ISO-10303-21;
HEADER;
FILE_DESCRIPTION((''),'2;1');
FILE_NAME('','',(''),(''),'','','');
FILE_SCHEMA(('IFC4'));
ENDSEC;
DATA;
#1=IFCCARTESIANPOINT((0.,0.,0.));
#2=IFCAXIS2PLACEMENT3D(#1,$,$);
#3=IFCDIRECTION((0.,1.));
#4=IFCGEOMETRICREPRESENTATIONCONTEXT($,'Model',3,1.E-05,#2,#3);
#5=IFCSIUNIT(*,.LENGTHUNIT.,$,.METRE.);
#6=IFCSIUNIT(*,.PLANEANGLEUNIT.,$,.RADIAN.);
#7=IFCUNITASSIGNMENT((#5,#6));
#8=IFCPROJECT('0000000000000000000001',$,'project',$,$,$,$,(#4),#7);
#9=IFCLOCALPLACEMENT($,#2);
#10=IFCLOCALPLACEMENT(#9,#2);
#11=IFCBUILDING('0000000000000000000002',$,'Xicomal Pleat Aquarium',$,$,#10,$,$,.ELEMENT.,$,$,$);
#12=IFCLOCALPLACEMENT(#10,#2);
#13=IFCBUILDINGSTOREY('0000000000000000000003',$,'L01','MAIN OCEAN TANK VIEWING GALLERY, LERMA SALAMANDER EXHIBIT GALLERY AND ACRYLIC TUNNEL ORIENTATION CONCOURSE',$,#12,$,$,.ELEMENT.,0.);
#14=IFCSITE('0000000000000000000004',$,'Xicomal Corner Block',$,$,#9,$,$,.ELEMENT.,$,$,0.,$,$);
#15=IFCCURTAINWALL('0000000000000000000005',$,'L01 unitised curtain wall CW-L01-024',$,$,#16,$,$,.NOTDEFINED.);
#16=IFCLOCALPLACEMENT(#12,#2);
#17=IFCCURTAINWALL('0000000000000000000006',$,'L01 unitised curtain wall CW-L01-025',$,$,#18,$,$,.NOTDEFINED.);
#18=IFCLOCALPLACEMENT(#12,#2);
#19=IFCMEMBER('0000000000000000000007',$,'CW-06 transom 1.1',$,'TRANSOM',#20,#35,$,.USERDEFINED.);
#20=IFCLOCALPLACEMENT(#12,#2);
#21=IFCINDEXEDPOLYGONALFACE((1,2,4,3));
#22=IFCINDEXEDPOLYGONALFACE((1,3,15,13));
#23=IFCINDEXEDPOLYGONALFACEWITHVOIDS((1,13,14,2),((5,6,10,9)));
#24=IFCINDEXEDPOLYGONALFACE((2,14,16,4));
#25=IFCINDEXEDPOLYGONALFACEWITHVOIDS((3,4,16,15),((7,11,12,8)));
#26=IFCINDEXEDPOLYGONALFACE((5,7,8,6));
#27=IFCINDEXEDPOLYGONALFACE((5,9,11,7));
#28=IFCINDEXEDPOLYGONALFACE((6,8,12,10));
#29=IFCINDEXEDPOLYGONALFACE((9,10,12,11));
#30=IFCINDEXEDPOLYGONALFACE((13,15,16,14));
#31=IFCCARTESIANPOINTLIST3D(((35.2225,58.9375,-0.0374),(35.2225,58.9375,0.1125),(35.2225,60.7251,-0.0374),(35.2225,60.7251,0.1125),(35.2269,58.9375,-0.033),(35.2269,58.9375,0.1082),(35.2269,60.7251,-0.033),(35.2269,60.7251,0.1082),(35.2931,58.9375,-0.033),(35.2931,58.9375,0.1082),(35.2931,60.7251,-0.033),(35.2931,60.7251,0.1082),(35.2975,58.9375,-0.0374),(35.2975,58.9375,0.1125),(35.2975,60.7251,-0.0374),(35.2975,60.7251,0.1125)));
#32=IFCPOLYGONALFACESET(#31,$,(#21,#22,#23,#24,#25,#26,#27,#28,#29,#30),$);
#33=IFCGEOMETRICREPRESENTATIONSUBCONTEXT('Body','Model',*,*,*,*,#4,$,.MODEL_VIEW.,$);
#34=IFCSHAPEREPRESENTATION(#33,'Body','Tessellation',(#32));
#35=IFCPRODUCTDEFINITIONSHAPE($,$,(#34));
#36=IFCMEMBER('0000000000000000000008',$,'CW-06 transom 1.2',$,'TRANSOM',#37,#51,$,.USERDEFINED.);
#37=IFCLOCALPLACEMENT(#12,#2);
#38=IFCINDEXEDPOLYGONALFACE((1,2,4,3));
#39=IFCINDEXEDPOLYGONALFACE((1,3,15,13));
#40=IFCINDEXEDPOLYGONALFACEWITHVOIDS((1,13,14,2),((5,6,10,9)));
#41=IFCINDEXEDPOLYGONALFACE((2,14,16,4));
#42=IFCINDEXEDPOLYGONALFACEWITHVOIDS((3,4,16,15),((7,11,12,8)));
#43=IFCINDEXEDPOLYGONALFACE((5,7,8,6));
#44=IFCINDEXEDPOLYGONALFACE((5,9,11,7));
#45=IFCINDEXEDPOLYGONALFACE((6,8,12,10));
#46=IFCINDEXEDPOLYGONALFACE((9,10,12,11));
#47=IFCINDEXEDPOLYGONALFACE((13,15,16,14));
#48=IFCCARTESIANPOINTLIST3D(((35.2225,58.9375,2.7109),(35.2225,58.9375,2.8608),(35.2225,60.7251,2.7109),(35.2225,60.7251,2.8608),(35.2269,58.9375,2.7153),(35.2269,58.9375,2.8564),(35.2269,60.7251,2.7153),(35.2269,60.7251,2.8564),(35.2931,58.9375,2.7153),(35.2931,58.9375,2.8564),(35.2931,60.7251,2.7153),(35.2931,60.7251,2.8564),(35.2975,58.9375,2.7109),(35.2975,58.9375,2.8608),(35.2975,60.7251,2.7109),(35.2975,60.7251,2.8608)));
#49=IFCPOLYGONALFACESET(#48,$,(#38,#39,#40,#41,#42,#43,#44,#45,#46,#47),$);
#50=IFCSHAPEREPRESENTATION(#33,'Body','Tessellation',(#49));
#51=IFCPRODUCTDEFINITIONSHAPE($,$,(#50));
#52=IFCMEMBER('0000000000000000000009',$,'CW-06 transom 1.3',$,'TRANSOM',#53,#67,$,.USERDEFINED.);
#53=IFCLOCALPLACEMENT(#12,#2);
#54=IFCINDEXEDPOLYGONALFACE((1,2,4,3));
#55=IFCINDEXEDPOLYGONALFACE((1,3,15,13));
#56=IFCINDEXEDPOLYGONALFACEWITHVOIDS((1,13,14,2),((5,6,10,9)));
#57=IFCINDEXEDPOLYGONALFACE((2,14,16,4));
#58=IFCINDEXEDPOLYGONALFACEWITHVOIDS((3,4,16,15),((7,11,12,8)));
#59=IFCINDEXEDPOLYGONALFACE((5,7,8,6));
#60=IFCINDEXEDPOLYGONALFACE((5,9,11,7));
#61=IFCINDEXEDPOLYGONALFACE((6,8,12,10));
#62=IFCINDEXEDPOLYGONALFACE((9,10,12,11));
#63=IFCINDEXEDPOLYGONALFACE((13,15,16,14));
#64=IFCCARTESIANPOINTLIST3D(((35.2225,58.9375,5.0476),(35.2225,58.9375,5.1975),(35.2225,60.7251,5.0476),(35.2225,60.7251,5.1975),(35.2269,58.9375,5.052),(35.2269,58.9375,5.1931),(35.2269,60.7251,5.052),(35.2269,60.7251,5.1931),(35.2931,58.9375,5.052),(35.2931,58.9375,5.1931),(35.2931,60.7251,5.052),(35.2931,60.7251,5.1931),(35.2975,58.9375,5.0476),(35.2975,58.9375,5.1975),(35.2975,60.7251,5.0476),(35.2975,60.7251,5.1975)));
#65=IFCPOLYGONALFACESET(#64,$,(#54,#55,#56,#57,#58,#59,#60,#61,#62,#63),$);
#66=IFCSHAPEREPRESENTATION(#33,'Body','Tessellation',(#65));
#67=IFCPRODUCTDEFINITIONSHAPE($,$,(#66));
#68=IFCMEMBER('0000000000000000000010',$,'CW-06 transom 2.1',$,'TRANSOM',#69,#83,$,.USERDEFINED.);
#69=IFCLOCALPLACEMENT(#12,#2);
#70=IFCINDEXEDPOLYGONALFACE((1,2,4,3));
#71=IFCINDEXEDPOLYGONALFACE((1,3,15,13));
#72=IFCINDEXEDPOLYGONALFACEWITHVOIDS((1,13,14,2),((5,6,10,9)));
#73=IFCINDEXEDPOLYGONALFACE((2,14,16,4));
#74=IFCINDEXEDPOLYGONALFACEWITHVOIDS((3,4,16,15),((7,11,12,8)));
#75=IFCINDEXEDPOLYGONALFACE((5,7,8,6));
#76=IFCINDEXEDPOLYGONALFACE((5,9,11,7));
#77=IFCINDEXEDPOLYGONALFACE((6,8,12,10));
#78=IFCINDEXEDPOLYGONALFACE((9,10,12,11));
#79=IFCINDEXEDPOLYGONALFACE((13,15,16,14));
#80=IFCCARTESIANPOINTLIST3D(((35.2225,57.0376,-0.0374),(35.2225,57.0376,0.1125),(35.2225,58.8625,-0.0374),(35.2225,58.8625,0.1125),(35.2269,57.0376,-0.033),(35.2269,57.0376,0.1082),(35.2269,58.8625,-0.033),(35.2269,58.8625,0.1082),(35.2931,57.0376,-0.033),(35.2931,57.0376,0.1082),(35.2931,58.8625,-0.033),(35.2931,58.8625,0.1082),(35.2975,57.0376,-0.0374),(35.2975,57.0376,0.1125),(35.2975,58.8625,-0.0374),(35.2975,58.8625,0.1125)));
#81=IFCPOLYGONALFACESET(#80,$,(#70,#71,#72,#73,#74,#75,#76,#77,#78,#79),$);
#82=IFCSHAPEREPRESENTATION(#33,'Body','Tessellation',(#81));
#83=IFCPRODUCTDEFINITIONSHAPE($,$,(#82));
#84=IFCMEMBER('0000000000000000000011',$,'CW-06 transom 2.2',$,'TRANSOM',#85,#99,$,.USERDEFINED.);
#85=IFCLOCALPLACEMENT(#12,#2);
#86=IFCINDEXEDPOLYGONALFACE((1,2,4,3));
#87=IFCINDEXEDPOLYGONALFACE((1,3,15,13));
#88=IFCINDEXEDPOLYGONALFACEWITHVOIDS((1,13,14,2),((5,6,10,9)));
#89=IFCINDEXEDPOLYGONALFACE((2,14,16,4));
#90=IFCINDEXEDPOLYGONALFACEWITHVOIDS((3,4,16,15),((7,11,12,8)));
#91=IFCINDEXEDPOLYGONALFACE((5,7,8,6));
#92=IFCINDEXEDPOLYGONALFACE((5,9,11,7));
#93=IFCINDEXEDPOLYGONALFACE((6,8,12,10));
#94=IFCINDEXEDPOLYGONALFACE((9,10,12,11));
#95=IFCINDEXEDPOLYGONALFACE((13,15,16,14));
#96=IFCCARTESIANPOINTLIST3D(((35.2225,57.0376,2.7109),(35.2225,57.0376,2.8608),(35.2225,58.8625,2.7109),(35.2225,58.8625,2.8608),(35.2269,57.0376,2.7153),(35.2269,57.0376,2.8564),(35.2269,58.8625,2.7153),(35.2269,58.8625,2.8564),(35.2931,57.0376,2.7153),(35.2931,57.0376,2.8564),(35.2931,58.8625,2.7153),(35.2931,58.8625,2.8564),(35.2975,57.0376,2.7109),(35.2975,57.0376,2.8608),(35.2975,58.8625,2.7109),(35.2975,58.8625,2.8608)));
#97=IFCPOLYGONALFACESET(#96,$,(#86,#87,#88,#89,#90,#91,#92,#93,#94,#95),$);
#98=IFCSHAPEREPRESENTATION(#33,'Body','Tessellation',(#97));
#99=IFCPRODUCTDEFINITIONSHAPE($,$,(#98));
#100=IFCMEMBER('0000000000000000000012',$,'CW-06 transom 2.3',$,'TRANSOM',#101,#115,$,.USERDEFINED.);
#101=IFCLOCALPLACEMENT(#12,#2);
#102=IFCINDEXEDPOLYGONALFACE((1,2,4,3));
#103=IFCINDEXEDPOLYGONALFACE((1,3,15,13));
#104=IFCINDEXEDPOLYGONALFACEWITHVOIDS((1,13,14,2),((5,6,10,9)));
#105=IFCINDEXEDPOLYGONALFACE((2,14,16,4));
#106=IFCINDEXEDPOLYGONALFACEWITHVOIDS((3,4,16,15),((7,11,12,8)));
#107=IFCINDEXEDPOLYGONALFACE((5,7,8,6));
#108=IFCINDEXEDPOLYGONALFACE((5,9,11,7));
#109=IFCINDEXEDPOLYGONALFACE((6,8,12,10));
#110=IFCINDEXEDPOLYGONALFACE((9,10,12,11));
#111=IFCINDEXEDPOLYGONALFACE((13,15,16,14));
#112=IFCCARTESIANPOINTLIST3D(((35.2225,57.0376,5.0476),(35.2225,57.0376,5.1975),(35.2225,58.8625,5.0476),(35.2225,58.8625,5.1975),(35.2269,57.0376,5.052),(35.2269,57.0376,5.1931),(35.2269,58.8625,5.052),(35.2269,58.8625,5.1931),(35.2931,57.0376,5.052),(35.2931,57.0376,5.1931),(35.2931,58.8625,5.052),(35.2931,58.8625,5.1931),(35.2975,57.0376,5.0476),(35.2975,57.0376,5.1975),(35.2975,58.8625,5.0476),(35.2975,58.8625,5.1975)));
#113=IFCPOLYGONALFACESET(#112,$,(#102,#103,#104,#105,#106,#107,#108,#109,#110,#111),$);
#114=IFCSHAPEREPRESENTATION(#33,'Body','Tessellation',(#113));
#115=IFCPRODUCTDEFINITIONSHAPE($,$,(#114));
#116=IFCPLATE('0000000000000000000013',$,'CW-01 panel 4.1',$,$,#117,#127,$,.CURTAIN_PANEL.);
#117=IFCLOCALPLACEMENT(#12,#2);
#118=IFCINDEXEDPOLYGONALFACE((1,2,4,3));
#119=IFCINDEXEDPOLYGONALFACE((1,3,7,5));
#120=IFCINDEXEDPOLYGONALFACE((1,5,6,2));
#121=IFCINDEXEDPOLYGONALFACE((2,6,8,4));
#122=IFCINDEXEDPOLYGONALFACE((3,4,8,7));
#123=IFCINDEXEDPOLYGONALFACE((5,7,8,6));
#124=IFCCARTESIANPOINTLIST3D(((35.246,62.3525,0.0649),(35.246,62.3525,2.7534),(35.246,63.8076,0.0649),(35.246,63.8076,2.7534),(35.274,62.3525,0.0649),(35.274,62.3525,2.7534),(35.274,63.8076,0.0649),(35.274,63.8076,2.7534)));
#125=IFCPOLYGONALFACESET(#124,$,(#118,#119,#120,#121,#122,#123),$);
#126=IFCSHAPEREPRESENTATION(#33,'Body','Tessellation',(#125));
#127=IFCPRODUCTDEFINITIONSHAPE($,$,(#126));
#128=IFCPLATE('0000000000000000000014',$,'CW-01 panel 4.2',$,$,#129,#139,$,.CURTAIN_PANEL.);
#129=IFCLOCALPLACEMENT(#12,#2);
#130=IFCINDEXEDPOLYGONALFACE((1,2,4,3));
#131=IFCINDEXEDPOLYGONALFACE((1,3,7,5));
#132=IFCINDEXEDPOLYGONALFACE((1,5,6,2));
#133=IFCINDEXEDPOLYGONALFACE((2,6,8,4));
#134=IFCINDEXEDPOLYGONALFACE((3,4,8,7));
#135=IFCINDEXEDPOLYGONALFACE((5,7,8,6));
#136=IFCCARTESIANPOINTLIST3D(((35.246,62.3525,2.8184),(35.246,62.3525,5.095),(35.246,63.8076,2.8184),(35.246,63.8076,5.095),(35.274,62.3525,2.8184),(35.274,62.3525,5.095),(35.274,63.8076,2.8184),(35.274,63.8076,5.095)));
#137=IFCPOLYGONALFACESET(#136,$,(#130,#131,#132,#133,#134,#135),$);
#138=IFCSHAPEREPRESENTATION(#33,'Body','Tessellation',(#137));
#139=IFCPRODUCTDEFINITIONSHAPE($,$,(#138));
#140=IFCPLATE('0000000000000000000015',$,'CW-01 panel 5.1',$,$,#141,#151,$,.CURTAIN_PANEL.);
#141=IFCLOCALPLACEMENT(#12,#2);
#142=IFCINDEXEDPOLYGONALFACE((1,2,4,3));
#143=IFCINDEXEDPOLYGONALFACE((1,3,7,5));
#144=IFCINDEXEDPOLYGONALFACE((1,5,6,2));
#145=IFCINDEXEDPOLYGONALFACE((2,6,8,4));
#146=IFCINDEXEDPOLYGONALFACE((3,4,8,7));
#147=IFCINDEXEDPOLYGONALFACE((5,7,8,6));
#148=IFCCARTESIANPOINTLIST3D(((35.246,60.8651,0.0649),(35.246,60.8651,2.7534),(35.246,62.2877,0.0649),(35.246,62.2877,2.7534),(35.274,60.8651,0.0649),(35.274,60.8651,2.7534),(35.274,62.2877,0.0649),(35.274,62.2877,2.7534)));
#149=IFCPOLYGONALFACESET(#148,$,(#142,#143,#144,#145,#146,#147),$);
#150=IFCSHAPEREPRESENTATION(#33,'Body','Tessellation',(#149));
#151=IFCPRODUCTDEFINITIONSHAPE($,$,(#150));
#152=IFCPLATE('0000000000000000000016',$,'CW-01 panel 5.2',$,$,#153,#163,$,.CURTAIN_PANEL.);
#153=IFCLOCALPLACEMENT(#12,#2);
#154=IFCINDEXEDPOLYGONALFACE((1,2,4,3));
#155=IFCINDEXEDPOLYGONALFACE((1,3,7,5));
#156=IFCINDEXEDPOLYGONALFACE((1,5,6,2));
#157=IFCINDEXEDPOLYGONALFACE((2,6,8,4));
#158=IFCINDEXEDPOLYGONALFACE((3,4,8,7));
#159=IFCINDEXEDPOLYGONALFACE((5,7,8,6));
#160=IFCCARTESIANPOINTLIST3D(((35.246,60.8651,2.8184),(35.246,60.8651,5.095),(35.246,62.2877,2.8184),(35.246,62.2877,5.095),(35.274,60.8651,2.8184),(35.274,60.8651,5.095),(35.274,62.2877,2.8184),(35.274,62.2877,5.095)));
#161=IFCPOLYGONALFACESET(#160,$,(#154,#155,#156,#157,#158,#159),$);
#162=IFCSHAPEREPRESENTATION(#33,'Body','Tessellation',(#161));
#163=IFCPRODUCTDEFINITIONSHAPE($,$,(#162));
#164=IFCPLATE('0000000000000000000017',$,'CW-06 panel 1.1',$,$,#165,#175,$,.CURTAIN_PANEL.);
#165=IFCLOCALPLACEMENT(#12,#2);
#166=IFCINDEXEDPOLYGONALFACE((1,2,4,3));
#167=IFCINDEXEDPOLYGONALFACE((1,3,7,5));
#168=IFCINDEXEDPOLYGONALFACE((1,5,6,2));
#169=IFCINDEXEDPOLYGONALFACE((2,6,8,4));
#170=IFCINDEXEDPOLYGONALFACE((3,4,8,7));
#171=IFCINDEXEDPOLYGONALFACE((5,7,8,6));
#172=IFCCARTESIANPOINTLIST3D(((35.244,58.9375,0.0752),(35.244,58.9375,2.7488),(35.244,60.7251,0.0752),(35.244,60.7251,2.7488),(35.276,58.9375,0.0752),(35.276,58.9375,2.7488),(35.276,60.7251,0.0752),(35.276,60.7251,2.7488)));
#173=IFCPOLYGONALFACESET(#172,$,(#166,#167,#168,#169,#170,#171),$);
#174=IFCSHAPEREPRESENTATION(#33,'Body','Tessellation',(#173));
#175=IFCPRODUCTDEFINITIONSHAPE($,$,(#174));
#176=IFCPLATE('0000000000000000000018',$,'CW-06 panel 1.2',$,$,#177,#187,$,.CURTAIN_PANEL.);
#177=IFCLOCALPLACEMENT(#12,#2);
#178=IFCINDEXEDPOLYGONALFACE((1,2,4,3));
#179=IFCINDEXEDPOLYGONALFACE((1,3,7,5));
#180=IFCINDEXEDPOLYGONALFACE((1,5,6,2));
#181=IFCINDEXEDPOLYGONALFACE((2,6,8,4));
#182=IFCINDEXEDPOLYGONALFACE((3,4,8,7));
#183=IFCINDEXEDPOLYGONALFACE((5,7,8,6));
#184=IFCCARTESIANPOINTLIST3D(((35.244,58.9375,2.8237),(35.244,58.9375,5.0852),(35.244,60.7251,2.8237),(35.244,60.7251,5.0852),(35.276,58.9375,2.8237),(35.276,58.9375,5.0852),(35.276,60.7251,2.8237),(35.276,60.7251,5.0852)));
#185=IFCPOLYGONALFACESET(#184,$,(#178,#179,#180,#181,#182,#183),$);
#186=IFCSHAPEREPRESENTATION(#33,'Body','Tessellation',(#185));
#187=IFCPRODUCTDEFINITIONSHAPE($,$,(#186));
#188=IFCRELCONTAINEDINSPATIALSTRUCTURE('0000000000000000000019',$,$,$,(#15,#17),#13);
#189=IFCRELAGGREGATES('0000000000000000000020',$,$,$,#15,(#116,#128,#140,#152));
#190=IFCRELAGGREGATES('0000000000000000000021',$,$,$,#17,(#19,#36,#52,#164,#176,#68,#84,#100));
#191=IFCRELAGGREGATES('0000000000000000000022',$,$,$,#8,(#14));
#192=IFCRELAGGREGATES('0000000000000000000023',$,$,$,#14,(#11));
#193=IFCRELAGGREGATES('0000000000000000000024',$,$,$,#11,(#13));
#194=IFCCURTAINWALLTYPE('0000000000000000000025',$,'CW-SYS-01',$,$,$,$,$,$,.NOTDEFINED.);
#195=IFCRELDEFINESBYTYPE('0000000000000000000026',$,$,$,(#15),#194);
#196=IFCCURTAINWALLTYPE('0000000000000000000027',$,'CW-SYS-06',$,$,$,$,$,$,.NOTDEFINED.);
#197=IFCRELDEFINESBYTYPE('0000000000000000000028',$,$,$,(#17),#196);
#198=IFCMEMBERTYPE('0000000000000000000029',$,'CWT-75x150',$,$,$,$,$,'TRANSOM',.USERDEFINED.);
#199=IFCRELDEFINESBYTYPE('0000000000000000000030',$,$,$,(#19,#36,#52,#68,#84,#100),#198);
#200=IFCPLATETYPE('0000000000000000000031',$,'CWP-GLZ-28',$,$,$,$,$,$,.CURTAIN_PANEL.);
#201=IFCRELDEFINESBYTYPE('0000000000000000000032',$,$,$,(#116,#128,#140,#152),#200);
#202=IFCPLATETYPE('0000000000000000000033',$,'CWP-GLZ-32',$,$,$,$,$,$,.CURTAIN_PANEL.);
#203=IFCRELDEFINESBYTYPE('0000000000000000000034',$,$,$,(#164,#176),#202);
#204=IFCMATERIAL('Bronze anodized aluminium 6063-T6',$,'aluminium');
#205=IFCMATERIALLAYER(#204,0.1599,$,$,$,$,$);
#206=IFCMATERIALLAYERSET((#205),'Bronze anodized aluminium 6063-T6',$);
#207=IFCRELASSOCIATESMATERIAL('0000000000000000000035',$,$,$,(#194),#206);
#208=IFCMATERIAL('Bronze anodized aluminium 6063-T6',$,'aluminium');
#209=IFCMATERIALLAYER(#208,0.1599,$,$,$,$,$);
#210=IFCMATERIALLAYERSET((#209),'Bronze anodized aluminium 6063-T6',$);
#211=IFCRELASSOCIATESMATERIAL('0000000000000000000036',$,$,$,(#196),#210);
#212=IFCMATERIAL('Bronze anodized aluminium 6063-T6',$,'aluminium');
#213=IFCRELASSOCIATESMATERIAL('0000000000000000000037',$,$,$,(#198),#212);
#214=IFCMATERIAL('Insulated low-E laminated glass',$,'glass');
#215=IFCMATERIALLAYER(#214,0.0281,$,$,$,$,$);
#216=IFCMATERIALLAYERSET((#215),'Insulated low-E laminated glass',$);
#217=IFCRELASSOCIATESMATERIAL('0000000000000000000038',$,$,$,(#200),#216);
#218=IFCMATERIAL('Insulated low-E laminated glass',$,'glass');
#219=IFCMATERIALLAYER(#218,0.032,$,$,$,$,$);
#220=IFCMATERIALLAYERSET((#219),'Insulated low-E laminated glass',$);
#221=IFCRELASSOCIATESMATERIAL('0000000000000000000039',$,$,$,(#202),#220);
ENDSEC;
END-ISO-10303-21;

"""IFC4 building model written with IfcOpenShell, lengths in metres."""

from ifc_helpers import new_model, si_unit, direction, frame, origin, origin_2d, place, context, subcontext, project, spatial, rectangle, hollow_rectangle, extrude, material, layer, layer_set, material_profile, profile_set, type_object, element, aggregate, save


model = new_model("IFC4")

# Units and contexts
model_context = context("Model", 3, precision=1e-05, world=origin(), true_north=direction((0.0, 1.0)))
body_context = subcontext(model_context, "Body", "Model", "MODEL_VIEW")
ifc_project = project(units=[si_unit("LENGTHUNIT", "METRE"), si_unit("PLANEANGLEUNIT", "RADIAN")], contexts=[model_context])

# Site, building, storey
site_placement = place(None, origin())
site = spatial("IfcSite", under=ifc_project, at=site_placement, Name="Xicomal Corner Block", CompositionType="ELEMENT", RefElevation=0.0)
building_placement = place(site_placement, origin())
building = spatial("IfcBuilding", under=site, at=building_placement, Name="Xicomal Pleat Aquarium", CompositionType="ELEMENT")
storey_placement = place(building_placement, origin())
storey = spatial("IfcBuildingStorey", under=building, at=storey_placement, Name="L01", Description="MAIN OCEAN TANK VIEWING GALLERY, LERMA SALAMANDER EXHIBIT GALLERY AND ACRYLIC TUNNEL ORIENTATION CONCOURSE", CompositionType="ELEMENT", Elevation=0.0)

# Curtain wall
ifc_material_1 = material(Name="Bronze anodized aluminium 6063-T6", Category="aluminium")
ifc_layer_1 = layer(ifc_material_1, 0.1599)
ifc_layer_set_1 = layer_set([ifc_layer_1], Name="Bronze anodized aluminium 6063-T6")
curtain_wall_type_1 = type_object("IfcCurtainWallType", Name="CW-SYS-01", PredefinedType="NOTDEFINED", material=ifc_layer_set_1)
curtain_wall_1_placement = place(storey_placement, origin())
curtain_wall_1 = element("IfcCurtainWall", 1, at=curtain_wall_1_placement, inside=storey, type_object=curtain_wall_type_1, Name="L01 unitised curtain wall CW-L01-024", PredefinedType="NOTDEFINED")

# Curtain wall
ifc_material_2 = material(Name="Bronze anodized aluminium 6063-T6", Category="aluminium")
ifc_layer_2 = layer(ifc_material_2, 0.1599)
ifc_layer_set_2 = layer_set([ifc_layer_2], Name="Bronze anodized aluminium 6063-T6")
curtain_wall_type_2 = type_object("IfcCurtainWallType", Name="CW-SYS-06", PredefinedType="NOTDEFINED", material=ifc_layer_set_2)
curtain_wall_2_placement = place(storey_placement, origin())
curtain_wall_2 = element("IfcCurtainWall", 2, at=curtain_wall_2_placement, inside=storey, type_object=curtain_wall_type_2, Name="L01 unitised curtain wall CW-L01-025", PredefinedType="NOTDEFINED")

# Members
ifc_material_3 = material(Name="Bronze anodized aluminium 6063-T6", Category="aluminium")
ifc_material_profile_1 = material_profile(ifc_material_3, hollow_rectangle(XDim=0.075, YDim=0.1499, WallThickness=0.0044, at=origin_2d()), Name="ALU TRAN 75x150")
ifc_profile_set_1 = profile_set([ifc_material_profile_1], Name="Bronze anodized aluminium 6063-T6")
member_type_1 = type_object("IfcMemberType", Name="CWT-75x150", ElementType="TRANSOM", PredefinedType="USERDEFINED", material=ifc_profile_set_1)
member_1_placement = place(storey_placement, frame((35.26, 60.7251, 0.0376), z_axis=(0.0, -1.0, 0.0), x_axis=(1.0, 0.0, 0.0)))
member_1 = element("IfcMember", 3, at=member_1_placement, type_object=member_type_1, Name="CW-06 transom 1.1", ObjectType="TRANSOM", PredefinedType="USERDEFINED", context=body_context, shape_type="SweptSolid", body=[
    extrude(hollow_rectangle(XDim=0.075, YDim=0.1499, WallThickness=0.0044, at=origin_2d()), origin(), (0.0, 0.0, 1.0), 1.7876),
])
member_2_placement = place(storey_placement, frame((35.26, 60.7251, 2.7859), z_axis=(0.0, -1.0, 0.0), x_axis=(1.0, 0.0, 0.0)))
member_2 = element("IfcMember", 4, at=member_2_placement, type_object=member_type_1, Name="CW-06 transom 1.2", ObjectType="TRANSOM", PredefinedType="USERDEFINED", context=body_context, shape_type="SweptSolid", body=[
    extrude(hollow_rectangle(XDim=0.075, YDim=0.1499, WallThickness=0.0044, at=origin_2d()), origin(), (0.0, 0.0, 1.0), 1.7876),
])
member_3_placement = place(storey_placement, frame((35.26, 60.7251, 5.1226), z_axis=(0.0, -1.0, 0.0), x_axis=(1.0, 0.0, 0.0)))
member_3 = element("IfcMember", 5, at=member_3_placement, type_object=member_type_1, Name="CW-06 transom 1.3", ObjectType="TRANSOM", PredefinedType="USERDEFINED", context=body_context, shape_type="SweptSolid", body=[
    extrude(hollow_rectangle(XDim=0.075, YDim=0.1499, WallThickness=0.0044, at=origin_2d()), origin(), (0.0, 0.0, 1.0), 1.7876),
])
member_4_placement = place(storey_placement, frame((35.26, 58.8625, 0.0376), z_axis=(0.0, -1.0, 0.0), x_axis=(1.0, 0.0, 0.0)))
member_4 = element("IfcMember", 6, at=member_4_placement, type_object=member_type_1, Name="CW-06 transom 2.1", ObjectType="TRANSOM", PredefinedType="USERDEFINED", context=body_context, shape_type="SweptSolid", body=[
    extrude(hollow_rectangle(XDim=0.075, YDim=0.1499, WallThickness=0.0044, at=origin_2d()), origin(), (0.0, 0.0, 1.0), 1.825),
])
member_5_placement = place(storey_placement, frame((35.26, 58.8625, 2.7859), z_axis=(0.0, -1.0, 0.0), x_axis=(1.0, 0.0, 0.0)))
member_5 = element("IfcMember", 7, at=member_5_placement, type_object=member_type_1, Name="CW-06 transom 2.2", ObjectType="TRANSOM", PredefinedType="USERDEFINED", context=body_context, shape_type="SweptSolid", body=[
    extrude(hollow_rectangle(XDim=0.075, YDim=0.1499, WallThickness=0.0044, at=origin_2d()), origin(), (0.0, 0.0, 1.0), 1.825),
])
member_6_placement = place(storey_placement, frame((35.26, 58.8625, 5.1226), z_axis=(0.0, -1.0, 0.0), x_axis=(1.0, 0.0, 0.0)))
member_6 = element("IfcMember", 8, at=member_6_placement, type_object=member_type_1, Name="CW-06 transom 2.3", ObjectType="TRANSOM", PredefinedType="USERDEFINED", context=body_context, shape_type="SweptSolid", body=[
    extrude(hollow_rectangle(XDim=0.075, YDim=0.1499, WallThickness=0.0044, at=origin_2d()), origin(), (0.0, 0.0, 1.0), 1.825),
])

# Plates
ifc_material_4 = material(Name="Insulated low-E laminated glass", Category="glass")
ifc_layer_3 = layer(ifc_material_4, 0.0281)
ifc_layer_set_3 = layer_set([ifc_layer_3], Name="Insulated low-E laminated glass")
plate_type_1 = type_object("IfcPlateType", Name="CWP-GLZ-28", PredefinedType="CURTAIN_PANEL", material=ifc_layer_set_3)
plate_1_placement = place(storey_placement, frame((35.26, 63.0801, 0.0649), z_axis=(0.0, 0.0, 1.0), x_axis=(0.0, -1.0, 0.0)))
plate_1 = element("IfcPlate", 9, at=plate_1_placement, type_object=plate_type_1, Name="CW-01 panel 4.1", PredefinedType="CURTAIN_PANEL", context=body_context, shape_type="SweptSolid", body=[
    extrude(rectangle(XDim=1.4551, YDim=0.0281, at=origin_2d()), origin(), (0.0, 0.0, 1.0), 2.6885),
])
plate_2_placement = place(storey_placement, frame((35.26, 63.0801, 2.8184), z_axis=(0.0, 0.0, 1.0), x_axis=(0.0, -1.0, 0.0)))
plate_2 = element("IfcPlate", 10, at=plate_2_placement, type_object=plate_type_1, Name="CW-01 panel 4.2", PredefinedType="CURTAIN_PANEL", context=body_context, shape_type="SweptSolid", body=[
    extrude(rectangle(XDim=1.4551, YDim=0.0281, at=origin_2d()), origin(), (0.0, 0.0, 1.0), 2.2766),
])
plate_3_placement = place(storey_placement, frame((35.26, 61.5764, 0.0649), z_axis=(0.0, 0.0, 1.0), x_axis=(0.0, -1.0, 0.0)))
plate_3 = element("IfcPlate", 11, at=plate_3_placement, type_object=plate_type_1, Name="CW-01 panel 5.1", PredefinedType="CURTAIN_PANEL", context=body_context, shape_type="SweptSolid", body=[
    extrude(rectangle(XDim=1.4226, YDim=0.0281, at=origin_2d()), origin(), (0.0, 0.0, 1.0), 2.6885),
])
plate_4_placement = place(storey_placement, frame((35.26, 61.5764, 2.8184), z_axis=(0.0, 0.0, 1.0), x_axis=(0.0, -1.0, 0.0)))
plate_4 = element("IfcPlate", 12, at=plate_4_placement, type_object=plate_type_1, Name="CW-01 panel 5.2", PredefinedType="CURTAIN_PANEL", context=body_context, shape_type="SweptSolid", body=[
    extrude(rectangle(XDim=1.4226, YDim=0.0281, at=origin_2d()), origin(), (0.0, 0.0, 1.0), 2.2766),
])
aggregate(curtain_wall_1, [plate_1, plate_2, plate_3, plate_4])
ifc_material_5 = material(Name="Insulated low-E laminated glass", Category="glass")
ifc_layer_4 = layer(ifc_material_5, 0.032)
ifc_layer_set_4 = layer_set([ifc_layer_4], Name="Insulated low-E laminated glass")
plate_type_2 = type_object("IfcPlateType", Name="CWP-GLZ-32", PredefinedType="CURTAIN_PANEL", material=ifc_layer_set_4)
plate_5_placement = place(storey_placement, frame((35.26, 59.8313, 0.0752), z_axis=(0.0, 0.0, 1.0), x_axis=(0.0, -1.0, 0.0)))
plate_5 = element("IfcPlate", 13, at=plate_5_placement, type_object=plate_type_2, Name="CW-06 panel 1.1", PredefinedType="CURTAIN_PANEL", context=body_context, shape_type="SweptSolid", body=[
    extrude(rectangle(XDim=1.7876, YDim=0.032, at=origin_2d()), origin(), (0.0, 0.0, 1.0), 2.6736),
])
plate_6_placement = place(storey_placement, frame((35.26, 59.8313, 2.8237), z_axis=(0.0, 0.0, 1.0), x_axis=(0.0, -1.0, 0.0)))
plate_6 = element("IfcPlate", 14, at=plate_6_placement, type_object=plate_type_2, Name="CW-06 panel 1.2", PredefinedType="CURTAIN_PANEL", context=body_context, shape_type="SweptSolid", body=[
    extrude(rectangle(XDim=1.7876, YDim=0.032, at=origin_2d()), origin(), (0.0, 0.0, 1.0), 2.2615),
])
aggregate(curtain_wall_2, [member_1, member_2, member_3, plate_5, plate_6, member_4, member_5, member_6])

save(model, "model.ifc")
